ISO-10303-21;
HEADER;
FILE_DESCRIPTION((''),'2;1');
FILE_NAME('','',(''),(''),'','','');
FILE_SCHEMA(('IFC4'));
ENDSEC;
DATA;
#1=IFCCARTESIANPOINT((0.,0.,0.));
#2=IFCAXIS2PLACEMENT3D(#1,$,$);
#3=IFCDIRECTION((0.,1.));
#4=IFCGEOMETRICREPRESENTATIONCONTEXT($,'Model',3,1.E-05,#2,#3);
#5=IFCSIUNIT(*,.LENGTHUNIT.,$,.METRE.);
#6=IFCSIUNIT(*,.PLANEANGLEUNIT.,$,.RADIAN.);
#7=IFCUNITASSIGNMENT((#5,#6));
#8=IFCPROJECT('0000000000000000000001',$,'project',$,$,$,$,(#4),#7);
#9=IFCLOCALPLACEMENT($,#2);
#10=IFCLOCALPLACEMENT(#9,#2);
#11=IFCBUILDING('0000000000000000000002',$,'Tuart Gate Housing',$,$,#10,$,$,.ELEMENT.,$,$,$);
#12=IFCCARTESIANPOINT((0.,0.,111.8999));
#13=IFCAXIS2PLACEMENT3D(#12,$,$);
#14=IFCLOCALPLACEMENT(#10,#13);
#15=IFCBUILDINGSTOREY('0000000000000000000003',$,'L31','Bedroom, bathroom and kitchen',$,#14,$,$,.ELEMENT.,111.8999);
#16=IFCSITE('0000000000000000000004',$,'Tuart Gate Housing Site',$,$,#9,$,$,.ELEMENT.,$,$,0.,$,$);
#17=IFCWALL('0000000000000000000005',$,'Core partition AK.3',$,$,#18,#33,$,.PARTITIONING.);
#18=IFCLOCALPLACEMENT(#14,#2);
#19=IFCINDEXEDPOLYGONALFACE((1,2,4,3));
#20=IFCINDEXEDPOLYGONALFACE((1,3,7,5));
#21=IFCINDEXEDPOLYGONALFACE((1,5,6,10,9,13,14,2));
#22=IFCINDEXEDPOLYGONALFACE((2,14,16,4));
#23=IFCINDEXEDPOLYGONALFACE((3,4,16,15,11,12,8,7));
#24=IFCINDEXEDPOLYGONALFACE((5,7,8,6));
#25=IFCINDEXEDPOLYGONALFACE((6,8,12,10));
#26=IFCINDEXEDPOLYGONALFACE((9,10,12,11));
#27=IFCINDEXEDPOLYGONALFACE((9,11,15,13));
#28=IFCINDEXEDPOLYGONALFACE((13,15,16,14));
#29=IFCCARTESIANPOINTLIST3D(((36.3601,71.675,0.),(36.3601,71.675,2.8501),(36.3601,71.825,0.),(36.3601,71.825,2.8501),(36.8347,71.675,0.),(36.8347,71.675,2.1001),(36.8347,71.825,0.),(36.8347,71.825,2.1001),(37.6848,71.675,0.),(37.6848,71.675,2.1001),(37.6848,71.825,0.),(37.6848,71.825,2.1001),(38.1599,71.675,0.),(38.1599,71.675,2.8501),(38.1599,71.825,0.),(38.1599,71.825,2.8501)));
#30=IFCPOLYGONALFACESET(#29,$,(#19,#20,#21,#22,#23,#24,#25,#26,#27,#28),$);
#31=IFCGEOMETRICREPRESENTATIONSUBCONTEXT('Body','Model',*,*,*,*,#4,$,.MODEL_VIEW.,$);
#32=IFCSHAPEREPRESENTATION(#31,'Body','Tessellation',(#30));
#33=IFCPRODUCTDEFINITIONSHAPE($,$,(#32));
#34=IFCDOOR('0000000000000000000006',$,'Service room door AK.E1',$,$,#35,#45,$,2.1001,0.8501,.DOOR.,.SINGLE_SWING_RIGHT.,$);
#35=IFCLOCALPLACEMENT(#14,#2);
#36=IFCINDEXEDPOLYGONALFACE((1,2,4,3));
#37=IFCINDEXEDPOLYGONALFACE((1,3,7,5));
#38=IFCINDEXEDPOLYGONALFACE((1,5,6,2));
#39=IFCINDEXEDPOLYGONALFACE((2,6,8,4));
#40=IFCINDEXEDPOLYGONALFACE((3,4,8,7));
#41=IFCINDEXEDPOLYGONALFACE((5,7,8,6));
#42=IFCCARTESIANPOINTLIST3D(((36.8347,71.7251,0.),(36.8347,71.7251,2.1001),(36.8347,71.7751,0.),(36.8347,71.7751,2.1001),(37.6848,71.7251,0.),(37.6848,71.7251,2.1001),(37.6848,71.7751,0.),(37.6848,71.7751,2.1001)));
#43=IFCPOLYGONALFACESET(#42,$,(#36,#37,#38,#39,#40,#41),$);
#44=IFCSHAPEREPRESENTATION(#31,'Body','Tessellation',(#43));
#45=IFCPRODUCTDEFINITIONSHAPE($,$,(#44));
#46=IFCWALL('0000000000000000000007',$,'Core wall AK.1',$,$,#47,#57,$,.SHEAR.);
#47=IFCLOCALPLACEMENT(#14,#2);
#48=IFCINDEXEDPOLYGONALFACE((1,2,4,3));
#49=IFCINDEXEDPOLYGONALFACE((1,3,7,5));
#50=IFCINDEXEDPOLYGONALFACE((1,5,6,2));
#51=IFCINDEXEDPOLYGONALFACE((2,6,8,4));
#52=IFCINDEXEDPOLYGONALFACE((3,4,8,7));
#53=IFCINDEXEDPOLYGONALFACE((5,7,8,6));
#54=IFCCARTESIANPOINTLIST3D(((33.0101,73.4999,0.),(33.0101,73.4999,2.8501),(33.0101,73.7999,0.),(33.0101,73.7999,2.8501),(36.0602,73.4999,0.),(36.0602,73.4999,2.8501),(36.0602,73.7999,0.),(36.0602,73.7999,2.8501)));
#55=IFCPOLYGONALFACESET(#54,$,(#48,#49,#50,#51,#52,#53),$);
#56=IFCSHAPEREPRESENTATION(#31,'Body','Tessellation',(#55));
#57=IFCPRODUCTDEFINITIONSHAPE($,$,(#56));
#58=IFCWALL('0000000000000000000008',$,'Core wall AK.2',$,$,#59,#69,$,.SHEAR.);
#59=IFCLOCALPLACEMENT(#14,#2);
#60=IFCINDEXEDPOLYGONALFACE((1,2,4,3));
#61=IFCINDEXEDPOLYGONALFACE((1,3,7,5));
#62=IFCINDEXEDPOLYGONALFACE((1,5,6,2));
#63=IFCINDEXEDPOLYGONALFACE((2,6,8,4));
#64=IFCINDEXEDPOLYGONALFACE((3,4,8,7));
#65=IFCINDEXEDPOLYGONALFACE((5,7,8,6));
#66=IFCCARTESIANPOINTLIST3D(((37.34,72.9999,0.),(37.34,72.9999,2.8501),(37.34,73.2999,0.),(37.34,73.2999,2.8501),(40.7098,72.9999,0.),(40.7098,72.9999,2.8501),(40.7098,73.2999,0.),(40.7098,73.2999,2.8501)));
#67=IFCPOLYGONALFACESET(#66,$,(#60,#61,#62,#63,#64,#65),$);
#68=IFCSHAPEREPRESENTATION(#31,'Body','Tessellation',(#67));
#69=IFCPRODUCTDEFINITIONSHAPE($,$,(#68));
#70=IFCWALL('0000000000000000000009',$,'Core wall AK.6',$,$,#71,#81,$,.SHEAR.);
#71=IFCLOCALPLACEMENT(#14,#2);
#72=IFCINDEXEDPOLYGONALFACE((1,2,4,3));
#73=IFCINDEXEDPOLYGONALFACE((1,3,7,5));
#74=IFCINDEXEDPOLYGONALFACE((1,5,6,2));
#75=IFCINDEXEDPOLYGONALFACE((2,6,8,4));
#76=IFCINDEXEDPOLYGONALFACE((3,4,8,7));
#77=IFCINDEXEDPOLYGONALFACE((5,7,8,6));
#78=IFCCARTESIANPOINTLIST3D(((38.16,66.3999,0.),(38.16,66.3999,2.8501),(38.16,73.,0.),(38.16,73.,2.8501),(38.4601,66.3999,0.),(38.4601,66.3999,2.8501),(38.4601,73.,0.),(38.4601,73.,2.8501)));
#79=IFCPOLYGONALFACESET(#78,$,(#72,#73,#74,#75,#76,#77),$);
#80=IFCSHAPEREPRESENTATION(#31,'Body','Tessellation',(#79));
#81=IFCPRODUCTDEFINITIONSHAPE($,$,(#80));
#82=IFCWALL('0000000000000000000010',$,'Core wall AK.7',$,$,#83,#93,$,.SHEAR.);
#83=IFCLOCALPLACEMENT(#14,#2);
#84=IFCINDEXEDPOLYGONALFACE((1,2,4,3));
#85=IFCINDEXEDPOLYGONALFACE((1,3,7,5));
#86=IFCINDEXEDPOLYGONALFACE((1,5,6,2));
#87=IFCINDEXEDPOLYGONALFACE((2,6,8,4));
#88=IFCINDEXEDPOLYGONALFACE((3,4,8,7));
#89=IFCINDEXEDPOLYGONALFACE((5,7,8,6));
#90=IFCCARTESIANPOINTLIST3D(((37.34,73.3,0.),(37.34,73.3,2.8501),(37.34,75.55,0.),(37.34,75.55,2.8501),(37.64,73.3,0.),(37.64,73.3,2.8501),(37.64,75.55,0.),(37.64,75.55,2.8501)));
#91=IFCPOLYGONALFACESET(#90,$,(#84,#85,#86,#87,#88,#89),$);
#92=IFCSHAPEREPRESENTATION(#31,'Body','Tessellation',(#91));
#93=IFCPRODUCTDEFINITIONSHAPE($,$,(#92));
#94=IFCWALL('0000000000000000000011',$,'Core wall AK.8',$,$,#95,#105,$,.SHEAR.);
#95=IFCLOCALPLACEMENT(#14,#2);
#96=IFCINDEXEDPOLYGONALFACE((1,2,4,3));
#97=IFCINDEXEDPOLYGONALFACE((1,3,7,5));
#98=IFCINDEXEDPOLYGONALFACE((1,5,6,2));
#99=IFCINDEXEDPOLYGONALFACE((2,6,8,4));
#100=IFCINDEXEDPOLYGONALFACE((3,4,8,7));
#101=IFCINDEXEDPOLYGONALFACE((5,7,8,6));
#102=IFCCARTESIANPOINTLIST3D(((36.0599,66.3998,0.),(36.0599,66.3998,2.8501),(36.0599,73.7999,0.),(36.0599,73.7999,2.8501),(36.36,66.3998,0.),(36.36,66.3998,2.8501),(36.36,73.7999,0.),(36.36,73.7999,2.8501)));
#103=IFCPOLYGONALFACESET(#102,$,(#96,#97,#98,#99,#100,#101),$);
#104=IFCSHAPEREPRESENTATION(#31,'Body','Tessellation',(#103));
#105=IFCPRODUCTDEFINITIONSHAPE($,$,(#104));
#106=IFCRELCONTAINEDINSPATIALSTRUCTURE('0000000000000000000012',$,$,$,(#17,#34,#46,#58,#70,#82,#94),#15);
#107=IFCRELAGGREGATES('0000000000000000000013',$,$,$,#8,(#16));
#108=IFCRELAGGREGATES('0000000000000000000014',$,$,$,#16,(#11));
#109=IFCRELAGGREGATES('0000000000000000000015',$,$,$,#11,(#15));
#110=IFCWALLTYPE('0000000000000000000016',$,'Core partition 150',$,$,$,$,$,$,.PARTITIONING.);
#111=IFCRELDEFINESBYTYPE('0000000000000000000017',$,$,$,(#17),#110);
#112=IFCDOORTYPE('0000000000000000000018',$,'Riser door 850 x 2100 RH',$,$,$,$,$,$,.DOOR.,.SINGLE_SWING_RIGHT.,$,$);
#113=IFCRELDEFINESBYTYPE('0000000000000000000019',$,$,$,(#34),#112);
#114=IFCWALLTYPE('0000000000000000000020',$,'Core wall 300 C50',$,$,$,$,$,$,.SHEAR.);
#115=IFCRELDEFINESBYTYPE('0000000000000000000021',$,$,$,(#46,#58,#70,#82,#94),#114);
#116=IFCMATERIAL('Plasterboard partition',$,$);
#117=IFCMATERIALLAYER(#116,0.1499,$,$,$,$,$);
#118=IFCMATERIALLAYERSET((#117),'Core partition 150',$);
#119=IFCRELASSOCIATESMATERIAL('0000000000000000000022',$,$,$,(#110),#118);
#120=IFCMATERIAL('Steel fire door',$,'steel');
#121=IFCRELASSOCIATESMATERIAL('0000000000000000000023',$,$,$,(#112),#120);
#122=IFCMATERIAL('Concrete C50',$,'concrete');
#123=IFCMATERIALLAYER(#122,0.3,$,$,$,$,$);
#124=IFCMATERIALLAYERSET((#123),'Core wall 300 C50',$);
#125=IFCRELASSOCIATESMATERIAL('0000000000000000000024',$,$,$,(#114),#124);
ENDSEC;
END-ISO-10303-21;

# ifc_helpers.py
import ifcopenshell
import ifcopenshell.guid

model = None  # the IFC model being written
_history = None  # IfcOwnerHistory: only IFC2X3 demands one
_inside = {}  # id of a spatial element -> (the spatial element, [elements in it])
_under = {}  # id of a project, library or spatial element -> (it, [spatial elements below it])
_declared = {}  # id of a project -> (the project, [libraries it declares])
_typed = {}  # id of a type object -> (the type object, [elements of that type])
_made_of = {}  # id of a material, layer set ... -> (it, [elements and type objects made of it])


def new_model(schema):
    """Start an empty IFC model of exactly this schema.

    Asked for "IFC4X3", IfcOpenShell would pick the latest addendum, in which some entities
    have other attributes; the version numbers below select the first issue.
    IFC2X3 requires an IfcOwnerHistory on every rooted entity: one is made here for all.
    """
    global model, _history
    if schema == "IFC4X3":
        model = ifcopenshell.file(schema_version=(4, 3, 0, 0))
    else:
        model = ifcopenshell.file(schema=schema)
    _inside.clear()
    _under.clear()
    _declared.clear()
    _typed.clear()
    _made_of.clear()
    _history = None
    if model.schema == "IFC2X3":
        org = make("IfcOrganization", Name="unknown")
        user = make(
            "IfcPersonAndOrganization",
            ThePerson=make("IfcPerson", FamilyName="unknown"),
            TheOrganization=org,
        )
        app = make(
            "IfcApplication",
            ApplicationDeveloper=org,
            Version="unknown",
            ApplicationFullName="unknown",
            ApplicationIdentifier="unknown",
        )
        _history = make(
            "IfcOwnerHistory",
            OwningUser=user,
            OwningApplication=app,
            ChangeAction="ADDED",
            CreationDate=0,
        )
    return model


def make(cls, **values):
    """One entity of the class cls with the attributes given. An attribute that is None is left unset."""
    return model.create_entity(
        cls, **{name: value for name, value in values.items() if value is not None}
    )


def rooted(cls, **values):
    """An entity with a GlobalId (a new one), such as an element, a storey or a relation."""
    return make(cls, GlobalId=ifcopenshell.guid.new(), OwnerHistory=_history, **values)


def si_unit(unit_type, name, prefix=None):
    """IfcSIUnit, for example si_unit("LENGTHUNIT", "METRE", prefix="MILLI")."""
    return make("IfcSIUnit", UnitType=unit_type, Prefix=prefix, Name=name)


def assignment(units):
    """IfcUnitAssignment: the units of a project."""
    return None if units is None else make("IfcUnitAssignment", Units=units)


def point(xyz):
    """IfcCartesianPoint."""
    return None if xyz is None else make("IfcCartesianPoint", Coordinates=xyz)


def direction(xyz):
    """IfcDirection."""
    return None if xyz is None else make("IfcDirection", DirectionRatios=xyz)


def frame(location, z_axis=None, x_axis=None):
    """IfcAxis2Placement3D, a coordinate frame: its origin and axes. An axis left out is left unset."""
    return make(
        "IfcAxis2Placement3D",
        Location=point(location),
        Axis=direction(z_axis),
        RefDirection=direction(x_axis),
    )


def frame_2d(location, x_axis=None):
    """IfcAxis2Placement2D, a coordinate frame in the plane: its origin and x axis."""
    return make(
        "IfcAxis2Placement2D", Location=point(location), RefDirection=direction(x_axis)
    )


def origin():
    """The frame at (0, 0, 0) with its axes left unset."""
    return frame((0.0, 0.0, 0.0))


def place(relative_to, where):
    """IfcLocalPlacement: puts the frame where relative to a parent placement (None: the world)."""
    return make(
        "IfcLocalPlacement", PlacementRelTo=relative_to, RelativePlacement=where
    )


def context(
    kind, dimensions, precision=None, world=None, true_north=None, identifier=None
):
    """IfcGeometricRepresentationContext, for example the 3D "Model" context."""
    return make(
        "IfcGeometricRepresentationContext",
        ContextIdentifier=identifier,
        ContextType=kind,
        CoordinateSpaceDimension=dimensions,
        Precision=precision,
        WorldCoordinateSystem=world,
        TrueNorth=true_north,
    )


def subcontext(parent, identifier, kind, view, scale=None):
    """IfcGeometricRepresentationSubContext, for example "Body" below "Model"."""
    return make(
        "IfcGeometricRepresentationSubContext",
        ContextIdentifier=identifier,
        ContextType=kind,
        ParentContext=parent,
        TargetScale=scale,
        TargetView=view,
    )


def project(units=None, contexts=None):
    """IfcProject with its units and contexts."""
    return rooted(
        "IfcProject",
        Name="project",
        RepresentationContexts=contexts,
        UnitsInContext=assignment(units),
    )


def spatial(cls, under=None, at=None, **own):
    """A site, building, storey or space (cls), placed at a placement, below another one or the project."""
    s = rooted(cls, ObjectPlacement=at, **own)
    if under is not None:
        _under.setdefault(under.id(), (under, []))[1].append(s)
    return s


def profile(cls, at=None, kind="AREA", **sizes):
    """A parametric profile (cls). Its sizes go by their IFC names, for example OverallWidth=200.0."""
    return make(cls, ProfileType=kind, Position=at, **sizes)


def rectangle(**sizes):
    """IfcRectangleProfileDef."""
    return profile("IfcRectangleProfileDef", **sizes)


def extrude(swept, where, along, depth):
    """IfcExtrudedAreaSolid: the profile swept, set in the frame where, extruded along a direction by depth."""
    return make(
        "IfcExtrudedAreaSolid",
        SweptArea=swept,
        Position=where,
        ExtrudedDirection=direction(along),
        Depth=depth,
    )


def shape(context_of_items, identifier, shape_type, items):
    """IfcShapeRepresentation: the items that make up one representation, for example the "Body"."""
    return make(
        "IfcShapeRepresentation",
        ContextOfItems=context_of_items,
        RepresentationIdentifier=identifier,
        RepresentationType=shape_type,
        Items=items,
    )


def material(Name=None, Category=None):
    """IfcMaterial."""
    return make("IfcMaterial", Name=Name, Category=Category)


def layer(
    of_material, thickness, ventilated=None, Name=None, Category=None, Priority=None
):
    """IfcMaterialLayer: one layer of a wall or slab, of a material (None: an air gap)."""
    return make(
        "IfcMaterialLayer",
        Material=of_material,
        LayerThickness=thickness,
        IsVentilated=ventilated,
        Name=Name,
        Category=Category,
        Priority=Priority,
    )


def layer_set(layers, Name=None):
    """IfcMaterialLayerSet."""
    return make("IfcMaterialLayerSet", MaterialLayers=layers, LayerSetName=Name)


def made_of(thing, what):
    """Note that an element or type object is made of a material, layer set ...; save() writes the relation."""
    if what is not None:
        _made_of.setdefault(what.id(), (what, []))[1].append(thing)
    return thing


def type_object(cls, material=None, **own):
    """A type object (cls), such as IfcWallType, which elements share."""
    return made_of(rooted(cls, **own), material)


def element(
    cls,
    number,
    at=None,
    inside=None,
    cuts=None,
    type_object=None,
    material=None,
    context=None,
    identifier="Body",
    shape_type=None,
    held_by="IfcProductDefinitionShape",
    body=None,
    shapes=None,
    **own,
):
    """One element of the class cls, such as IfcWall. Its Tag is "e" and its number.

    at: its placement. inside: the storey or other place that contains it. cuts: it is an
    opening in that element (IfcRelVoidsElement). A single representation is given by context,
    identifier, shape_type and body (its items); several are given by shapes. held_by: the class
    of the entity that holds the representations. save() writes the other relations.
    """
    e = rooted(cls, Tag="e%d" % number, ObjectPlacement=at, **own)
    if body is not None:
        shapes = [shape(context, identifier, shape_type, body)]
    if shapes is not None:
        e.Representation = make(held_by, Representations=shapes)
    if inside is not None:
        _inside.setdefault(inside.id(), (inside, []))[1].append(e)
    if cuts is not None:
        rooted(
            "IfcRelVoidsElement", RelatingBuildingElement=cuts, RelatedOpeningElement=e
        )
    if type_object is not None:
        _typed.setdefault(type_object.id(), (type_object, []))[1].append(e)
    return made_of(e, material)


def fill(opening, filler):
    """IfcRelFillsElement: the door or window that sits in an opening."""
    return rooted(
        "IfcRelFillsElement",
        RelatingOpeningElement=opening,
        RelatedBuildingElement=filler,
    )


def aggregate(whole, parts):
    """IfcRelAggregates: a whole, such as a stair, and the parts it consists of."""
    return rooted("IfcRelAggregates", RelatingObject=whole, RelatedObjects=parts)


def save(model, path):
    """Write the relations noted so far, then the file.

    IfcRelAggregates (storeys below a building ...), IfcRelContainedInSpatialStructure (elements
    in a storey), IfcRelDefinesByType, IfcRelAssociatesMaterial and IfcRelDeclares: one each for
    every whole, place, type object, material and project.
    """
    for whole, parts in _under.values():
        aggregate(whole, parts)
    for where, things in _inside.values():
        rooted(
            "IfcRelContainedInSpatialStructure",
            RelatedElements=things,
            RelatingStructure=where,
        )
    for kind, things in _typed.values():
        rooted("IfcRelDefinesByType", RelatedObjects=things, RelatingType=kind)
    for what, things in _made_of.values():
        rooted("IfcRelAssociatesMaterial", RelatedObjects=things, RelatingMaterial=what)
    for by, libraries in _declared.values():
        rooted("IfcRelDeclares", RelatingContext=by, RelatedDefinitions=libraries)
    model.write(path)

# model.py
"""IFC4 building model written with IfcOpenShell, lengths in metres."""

from ifc_helpers import new_model, si_unit, direction, frame, frame_2d, origin, place, context, subcontext, project, spatial, rectangle, extrude, material, layer, layer_set, type_object, element, fill, save


model = new_model("IFC4")

# Units and contexts
model_context = context("Model", 3, precision=1e-05, world=origin(), true_north=direction((0.0, 1.0)))
body_context = subcontext(model_context, "Body", "Model", "MODEL_VIEW")
ifc_project = project(units=[si_unit("LENGTHUNIT", "METRE"), si_unit("PLANEANGLEUNIT", "RADIAN")], contexts=[model_context])

# Site, building, storey
site_placement = place(None, origin())
site = spatial("IfcSite", under=ifc_project, at=site_placement, Name="Tuart Gate Housing Site", CompositionType="ELEMENT", RefElevation=0.0)
building_placement = place(site_placement, origin())
building = spatial("IfcBuilding", under=site, at=building_placement, Name="Tuart Gate Housing", CompositionType="ELEMENT")
storey_placement = place(building_placement, frame((0.0, 0.0, 111.8999)))
storey = spatial("IfcBuildingStorey", under=building, at=storey_placement, Name="L31", Description="Bedroom, bathroom and kitchen", CompositionType="ELEMENT", Elevation=111.8999)

# Wall, opening, door
ifc_material_1 = material(Name="Plasterboard partition")
ifc_layer_1 = layer(ifc_material_1, 0.1499)
ifc_layer_set_1 = layer_set([ifc_layer_1], Name="Core partition 150")
wall_type_1 = type_object("IfcWallType", Name="Core partition 150", PredefinedType="PARTITIONING", material=ifc_layer_set_1)
wall_1_placement = place(storey_placement, frame((38.1599, 71.75, 0.0), z_axis=(0.0, 0.0, 1.0), x_axis=(-1.0, 0.0, 0.0)))
wall_1 = element("IfcWall", 1, at=wall_1_placement, inside=storey, type_object=wall_type_1, Name="Core partition AK.3", PredefinedType="PARTITIONING", context=body_context, shape_type="SweptSolid", body=[
    extrude(rectangle(XDim=1.7998, YDim=0.1499, at=frame_2d((0.8999, 0.0))), origin(), (0.0, 0.0, 1.0), 2.8501),
])
opening_1_placement = place(wall_1_placement, frame((0.4751, 0.0, 0.0)))
opening_1 = element("IfcOpeningElement", 2, at=opening_1_placement, cuts=wall_1, PredefinedType="OPENING", context=body_context, shape_type="SweptSolid", body=[
    extrude(rectangle(XDim=0.8501, YDim=2.1001, at=frame_2d((0.425, 1.05))), frame((0.0, 0.085, 0.0), z_axis=(0.0, -1.0, 0.0), x_axis=(1.0, 0.0, 0.0)), (0.0, 0.0, 1.0), 0.1699),
])
ifc_material_2 = material(Name="Steel fire door", Category="steel")
door_type_1 = type_object("IfcDoorType", Name="Riser door 850 x 2100 RH", OperationType="SINGLE_SWING_RIGHT", PredefinedType="DOOR", material=ifc_material_2)
door_1_placement = place(opening_1_placement, frame((0.8501, 0.0, 0.0), z_axis=(0.0, 0.0, 1.0), x_axis=(-1.0, 0.0, 0.0)))
door_1 = element("IfcDoor", 3, at=door_1_placement, inside=storey, type_object=door_type_1, Name="Service room door AK.E1", OperationType="SINGLE_SWING_RIGHT", OverallHeight=2.1001, OverallWidth=0.8501, PredefinedType="DOOR", context=body_context, shape_type="SweptSolid", body=[
    extrude(rectangle(XDim=0.8501, YDim=2.1001, at=frame_2d((0.425, 1.05))), frame((0.0, 0.0251, 0.0), z_axis=(0.0, -1.0, 0.0), x_axis=(1.0, 0.0, 0.0)), (0.0, 0.0, 1.0), 0.05),
])
fill(opening_1, door_1)

# Walls
ifc_material_3 = material(Name="Concrete C50", Category="concrete")
ifc_layer_2 = layer(ifc_material_3, 0.3)
ifc_layer_set_2 = layer_set([ifc_layer_2], Name="Core wall 300 C50")
wall_type_2 = type_object("IfcWallType", Name="Core wall 300 C50", PredefinedType="SHEAR", material=ifc_layer_set_2)
wall_2_placement = place(storey_placement, frame((36.0601, 73.6499, 0.0), z_axis=(0.0, 0.0, 1.0), x_axis=(-1.0, 0.0, 0.0)))
element("IfcWall", 4, at=wall_2_placement, inside=storey, type_object=wall_type_2, Name="Core wall AK.1", PredefinedType="SHEAR", context=body_context, shape_type="SweptSolid", body=[
    extrude(rectangle(XDim=3.05, YDim=0.3, at=frame_2d((1.5249, 0.0))), origin(), (0.0, 0.0, 1.0), 2.8501),
])
wall_3_placement = place(storey_placement, frame((40.71, 73.1499, 0.0), z_axis=(0.0, 0.0, 1.0), x_axis=(-1.0, 0.0, 0.0)))
element("IfcWall", 5, at=wall_3_placement, inside=storey, type_object=wall_type_2, Name="Core wall AK.2", PredefinedType="SHEAR", context=body_context, shape_type="SweptSolid", body=[
    extrude(rectangle(XDim=3.3699, YDim=0.3, at=frame_2d((1.6851, 0.0))), origin(), (0.0, 0.0, 1.0), 2.8501),
])
wall_4_placement = place(storey_placement, frame((38.3101, 73.0, 0.0), z_axis=(0.0, 0.0, 1.0), x_axis=(0.0, -1.0, 0.0)))
element("IfcWall", 6, at=wall_4_placement, inside=storey, type_object=wall_type_2, Name="Core wall AK.6", PredefinedType="SHEAR", context=body_context, shape_type="SweptSolid", body=[
    extrude(rectangle(XDim=6.6001, YDim=0.3, at=frame_2d((3.3, 0.0))), origin(), (0.0, 0.0, 1.0), 2.8501),
])
wall_5_placement = place(storey_placement, frame((37.49, 75.55, 0.0), z_axis=(0.0, 0.0, 1.0), x_axis=(0.0, -1.0, 0.0)))
element("IfcWall", 7, at=wall_5_placement, inside=storey, type_object=wall_type_2, Name="Core wall AK.7", PredefinedType="SHEAR", context=body_context, shape_type="SweptSolid", body=[
    extrude(rectangle(XDim=2.25, YDim=0.3, at=frame_2d((1.125, 0.0))), origin(), (0.0, 0.0, 1.0), 2.8501),
])
wall_6_placement = place(storey_placement, frame((36.21, 73.8, 0.0), z_axis=(0.0, 0.0, 1.0), x_axis=(0.0, -1.0, 0.0)))
element("IfcWall", 8, at=wall_6_placement, inside=storey, type_object=wall_type_2, Name="Core wall AK.8", PredefinedType="SHEAR", context=body_context, shape_type="SweptSolid", body=[
    extrude(rectangle(XDim=7.4001, YDim=0.3, at=frame_2d((3.7002, 0.0))), origin(), (0.0, 0.0, 1.0), 2.8501),
])

save(model, "model.ifc")
